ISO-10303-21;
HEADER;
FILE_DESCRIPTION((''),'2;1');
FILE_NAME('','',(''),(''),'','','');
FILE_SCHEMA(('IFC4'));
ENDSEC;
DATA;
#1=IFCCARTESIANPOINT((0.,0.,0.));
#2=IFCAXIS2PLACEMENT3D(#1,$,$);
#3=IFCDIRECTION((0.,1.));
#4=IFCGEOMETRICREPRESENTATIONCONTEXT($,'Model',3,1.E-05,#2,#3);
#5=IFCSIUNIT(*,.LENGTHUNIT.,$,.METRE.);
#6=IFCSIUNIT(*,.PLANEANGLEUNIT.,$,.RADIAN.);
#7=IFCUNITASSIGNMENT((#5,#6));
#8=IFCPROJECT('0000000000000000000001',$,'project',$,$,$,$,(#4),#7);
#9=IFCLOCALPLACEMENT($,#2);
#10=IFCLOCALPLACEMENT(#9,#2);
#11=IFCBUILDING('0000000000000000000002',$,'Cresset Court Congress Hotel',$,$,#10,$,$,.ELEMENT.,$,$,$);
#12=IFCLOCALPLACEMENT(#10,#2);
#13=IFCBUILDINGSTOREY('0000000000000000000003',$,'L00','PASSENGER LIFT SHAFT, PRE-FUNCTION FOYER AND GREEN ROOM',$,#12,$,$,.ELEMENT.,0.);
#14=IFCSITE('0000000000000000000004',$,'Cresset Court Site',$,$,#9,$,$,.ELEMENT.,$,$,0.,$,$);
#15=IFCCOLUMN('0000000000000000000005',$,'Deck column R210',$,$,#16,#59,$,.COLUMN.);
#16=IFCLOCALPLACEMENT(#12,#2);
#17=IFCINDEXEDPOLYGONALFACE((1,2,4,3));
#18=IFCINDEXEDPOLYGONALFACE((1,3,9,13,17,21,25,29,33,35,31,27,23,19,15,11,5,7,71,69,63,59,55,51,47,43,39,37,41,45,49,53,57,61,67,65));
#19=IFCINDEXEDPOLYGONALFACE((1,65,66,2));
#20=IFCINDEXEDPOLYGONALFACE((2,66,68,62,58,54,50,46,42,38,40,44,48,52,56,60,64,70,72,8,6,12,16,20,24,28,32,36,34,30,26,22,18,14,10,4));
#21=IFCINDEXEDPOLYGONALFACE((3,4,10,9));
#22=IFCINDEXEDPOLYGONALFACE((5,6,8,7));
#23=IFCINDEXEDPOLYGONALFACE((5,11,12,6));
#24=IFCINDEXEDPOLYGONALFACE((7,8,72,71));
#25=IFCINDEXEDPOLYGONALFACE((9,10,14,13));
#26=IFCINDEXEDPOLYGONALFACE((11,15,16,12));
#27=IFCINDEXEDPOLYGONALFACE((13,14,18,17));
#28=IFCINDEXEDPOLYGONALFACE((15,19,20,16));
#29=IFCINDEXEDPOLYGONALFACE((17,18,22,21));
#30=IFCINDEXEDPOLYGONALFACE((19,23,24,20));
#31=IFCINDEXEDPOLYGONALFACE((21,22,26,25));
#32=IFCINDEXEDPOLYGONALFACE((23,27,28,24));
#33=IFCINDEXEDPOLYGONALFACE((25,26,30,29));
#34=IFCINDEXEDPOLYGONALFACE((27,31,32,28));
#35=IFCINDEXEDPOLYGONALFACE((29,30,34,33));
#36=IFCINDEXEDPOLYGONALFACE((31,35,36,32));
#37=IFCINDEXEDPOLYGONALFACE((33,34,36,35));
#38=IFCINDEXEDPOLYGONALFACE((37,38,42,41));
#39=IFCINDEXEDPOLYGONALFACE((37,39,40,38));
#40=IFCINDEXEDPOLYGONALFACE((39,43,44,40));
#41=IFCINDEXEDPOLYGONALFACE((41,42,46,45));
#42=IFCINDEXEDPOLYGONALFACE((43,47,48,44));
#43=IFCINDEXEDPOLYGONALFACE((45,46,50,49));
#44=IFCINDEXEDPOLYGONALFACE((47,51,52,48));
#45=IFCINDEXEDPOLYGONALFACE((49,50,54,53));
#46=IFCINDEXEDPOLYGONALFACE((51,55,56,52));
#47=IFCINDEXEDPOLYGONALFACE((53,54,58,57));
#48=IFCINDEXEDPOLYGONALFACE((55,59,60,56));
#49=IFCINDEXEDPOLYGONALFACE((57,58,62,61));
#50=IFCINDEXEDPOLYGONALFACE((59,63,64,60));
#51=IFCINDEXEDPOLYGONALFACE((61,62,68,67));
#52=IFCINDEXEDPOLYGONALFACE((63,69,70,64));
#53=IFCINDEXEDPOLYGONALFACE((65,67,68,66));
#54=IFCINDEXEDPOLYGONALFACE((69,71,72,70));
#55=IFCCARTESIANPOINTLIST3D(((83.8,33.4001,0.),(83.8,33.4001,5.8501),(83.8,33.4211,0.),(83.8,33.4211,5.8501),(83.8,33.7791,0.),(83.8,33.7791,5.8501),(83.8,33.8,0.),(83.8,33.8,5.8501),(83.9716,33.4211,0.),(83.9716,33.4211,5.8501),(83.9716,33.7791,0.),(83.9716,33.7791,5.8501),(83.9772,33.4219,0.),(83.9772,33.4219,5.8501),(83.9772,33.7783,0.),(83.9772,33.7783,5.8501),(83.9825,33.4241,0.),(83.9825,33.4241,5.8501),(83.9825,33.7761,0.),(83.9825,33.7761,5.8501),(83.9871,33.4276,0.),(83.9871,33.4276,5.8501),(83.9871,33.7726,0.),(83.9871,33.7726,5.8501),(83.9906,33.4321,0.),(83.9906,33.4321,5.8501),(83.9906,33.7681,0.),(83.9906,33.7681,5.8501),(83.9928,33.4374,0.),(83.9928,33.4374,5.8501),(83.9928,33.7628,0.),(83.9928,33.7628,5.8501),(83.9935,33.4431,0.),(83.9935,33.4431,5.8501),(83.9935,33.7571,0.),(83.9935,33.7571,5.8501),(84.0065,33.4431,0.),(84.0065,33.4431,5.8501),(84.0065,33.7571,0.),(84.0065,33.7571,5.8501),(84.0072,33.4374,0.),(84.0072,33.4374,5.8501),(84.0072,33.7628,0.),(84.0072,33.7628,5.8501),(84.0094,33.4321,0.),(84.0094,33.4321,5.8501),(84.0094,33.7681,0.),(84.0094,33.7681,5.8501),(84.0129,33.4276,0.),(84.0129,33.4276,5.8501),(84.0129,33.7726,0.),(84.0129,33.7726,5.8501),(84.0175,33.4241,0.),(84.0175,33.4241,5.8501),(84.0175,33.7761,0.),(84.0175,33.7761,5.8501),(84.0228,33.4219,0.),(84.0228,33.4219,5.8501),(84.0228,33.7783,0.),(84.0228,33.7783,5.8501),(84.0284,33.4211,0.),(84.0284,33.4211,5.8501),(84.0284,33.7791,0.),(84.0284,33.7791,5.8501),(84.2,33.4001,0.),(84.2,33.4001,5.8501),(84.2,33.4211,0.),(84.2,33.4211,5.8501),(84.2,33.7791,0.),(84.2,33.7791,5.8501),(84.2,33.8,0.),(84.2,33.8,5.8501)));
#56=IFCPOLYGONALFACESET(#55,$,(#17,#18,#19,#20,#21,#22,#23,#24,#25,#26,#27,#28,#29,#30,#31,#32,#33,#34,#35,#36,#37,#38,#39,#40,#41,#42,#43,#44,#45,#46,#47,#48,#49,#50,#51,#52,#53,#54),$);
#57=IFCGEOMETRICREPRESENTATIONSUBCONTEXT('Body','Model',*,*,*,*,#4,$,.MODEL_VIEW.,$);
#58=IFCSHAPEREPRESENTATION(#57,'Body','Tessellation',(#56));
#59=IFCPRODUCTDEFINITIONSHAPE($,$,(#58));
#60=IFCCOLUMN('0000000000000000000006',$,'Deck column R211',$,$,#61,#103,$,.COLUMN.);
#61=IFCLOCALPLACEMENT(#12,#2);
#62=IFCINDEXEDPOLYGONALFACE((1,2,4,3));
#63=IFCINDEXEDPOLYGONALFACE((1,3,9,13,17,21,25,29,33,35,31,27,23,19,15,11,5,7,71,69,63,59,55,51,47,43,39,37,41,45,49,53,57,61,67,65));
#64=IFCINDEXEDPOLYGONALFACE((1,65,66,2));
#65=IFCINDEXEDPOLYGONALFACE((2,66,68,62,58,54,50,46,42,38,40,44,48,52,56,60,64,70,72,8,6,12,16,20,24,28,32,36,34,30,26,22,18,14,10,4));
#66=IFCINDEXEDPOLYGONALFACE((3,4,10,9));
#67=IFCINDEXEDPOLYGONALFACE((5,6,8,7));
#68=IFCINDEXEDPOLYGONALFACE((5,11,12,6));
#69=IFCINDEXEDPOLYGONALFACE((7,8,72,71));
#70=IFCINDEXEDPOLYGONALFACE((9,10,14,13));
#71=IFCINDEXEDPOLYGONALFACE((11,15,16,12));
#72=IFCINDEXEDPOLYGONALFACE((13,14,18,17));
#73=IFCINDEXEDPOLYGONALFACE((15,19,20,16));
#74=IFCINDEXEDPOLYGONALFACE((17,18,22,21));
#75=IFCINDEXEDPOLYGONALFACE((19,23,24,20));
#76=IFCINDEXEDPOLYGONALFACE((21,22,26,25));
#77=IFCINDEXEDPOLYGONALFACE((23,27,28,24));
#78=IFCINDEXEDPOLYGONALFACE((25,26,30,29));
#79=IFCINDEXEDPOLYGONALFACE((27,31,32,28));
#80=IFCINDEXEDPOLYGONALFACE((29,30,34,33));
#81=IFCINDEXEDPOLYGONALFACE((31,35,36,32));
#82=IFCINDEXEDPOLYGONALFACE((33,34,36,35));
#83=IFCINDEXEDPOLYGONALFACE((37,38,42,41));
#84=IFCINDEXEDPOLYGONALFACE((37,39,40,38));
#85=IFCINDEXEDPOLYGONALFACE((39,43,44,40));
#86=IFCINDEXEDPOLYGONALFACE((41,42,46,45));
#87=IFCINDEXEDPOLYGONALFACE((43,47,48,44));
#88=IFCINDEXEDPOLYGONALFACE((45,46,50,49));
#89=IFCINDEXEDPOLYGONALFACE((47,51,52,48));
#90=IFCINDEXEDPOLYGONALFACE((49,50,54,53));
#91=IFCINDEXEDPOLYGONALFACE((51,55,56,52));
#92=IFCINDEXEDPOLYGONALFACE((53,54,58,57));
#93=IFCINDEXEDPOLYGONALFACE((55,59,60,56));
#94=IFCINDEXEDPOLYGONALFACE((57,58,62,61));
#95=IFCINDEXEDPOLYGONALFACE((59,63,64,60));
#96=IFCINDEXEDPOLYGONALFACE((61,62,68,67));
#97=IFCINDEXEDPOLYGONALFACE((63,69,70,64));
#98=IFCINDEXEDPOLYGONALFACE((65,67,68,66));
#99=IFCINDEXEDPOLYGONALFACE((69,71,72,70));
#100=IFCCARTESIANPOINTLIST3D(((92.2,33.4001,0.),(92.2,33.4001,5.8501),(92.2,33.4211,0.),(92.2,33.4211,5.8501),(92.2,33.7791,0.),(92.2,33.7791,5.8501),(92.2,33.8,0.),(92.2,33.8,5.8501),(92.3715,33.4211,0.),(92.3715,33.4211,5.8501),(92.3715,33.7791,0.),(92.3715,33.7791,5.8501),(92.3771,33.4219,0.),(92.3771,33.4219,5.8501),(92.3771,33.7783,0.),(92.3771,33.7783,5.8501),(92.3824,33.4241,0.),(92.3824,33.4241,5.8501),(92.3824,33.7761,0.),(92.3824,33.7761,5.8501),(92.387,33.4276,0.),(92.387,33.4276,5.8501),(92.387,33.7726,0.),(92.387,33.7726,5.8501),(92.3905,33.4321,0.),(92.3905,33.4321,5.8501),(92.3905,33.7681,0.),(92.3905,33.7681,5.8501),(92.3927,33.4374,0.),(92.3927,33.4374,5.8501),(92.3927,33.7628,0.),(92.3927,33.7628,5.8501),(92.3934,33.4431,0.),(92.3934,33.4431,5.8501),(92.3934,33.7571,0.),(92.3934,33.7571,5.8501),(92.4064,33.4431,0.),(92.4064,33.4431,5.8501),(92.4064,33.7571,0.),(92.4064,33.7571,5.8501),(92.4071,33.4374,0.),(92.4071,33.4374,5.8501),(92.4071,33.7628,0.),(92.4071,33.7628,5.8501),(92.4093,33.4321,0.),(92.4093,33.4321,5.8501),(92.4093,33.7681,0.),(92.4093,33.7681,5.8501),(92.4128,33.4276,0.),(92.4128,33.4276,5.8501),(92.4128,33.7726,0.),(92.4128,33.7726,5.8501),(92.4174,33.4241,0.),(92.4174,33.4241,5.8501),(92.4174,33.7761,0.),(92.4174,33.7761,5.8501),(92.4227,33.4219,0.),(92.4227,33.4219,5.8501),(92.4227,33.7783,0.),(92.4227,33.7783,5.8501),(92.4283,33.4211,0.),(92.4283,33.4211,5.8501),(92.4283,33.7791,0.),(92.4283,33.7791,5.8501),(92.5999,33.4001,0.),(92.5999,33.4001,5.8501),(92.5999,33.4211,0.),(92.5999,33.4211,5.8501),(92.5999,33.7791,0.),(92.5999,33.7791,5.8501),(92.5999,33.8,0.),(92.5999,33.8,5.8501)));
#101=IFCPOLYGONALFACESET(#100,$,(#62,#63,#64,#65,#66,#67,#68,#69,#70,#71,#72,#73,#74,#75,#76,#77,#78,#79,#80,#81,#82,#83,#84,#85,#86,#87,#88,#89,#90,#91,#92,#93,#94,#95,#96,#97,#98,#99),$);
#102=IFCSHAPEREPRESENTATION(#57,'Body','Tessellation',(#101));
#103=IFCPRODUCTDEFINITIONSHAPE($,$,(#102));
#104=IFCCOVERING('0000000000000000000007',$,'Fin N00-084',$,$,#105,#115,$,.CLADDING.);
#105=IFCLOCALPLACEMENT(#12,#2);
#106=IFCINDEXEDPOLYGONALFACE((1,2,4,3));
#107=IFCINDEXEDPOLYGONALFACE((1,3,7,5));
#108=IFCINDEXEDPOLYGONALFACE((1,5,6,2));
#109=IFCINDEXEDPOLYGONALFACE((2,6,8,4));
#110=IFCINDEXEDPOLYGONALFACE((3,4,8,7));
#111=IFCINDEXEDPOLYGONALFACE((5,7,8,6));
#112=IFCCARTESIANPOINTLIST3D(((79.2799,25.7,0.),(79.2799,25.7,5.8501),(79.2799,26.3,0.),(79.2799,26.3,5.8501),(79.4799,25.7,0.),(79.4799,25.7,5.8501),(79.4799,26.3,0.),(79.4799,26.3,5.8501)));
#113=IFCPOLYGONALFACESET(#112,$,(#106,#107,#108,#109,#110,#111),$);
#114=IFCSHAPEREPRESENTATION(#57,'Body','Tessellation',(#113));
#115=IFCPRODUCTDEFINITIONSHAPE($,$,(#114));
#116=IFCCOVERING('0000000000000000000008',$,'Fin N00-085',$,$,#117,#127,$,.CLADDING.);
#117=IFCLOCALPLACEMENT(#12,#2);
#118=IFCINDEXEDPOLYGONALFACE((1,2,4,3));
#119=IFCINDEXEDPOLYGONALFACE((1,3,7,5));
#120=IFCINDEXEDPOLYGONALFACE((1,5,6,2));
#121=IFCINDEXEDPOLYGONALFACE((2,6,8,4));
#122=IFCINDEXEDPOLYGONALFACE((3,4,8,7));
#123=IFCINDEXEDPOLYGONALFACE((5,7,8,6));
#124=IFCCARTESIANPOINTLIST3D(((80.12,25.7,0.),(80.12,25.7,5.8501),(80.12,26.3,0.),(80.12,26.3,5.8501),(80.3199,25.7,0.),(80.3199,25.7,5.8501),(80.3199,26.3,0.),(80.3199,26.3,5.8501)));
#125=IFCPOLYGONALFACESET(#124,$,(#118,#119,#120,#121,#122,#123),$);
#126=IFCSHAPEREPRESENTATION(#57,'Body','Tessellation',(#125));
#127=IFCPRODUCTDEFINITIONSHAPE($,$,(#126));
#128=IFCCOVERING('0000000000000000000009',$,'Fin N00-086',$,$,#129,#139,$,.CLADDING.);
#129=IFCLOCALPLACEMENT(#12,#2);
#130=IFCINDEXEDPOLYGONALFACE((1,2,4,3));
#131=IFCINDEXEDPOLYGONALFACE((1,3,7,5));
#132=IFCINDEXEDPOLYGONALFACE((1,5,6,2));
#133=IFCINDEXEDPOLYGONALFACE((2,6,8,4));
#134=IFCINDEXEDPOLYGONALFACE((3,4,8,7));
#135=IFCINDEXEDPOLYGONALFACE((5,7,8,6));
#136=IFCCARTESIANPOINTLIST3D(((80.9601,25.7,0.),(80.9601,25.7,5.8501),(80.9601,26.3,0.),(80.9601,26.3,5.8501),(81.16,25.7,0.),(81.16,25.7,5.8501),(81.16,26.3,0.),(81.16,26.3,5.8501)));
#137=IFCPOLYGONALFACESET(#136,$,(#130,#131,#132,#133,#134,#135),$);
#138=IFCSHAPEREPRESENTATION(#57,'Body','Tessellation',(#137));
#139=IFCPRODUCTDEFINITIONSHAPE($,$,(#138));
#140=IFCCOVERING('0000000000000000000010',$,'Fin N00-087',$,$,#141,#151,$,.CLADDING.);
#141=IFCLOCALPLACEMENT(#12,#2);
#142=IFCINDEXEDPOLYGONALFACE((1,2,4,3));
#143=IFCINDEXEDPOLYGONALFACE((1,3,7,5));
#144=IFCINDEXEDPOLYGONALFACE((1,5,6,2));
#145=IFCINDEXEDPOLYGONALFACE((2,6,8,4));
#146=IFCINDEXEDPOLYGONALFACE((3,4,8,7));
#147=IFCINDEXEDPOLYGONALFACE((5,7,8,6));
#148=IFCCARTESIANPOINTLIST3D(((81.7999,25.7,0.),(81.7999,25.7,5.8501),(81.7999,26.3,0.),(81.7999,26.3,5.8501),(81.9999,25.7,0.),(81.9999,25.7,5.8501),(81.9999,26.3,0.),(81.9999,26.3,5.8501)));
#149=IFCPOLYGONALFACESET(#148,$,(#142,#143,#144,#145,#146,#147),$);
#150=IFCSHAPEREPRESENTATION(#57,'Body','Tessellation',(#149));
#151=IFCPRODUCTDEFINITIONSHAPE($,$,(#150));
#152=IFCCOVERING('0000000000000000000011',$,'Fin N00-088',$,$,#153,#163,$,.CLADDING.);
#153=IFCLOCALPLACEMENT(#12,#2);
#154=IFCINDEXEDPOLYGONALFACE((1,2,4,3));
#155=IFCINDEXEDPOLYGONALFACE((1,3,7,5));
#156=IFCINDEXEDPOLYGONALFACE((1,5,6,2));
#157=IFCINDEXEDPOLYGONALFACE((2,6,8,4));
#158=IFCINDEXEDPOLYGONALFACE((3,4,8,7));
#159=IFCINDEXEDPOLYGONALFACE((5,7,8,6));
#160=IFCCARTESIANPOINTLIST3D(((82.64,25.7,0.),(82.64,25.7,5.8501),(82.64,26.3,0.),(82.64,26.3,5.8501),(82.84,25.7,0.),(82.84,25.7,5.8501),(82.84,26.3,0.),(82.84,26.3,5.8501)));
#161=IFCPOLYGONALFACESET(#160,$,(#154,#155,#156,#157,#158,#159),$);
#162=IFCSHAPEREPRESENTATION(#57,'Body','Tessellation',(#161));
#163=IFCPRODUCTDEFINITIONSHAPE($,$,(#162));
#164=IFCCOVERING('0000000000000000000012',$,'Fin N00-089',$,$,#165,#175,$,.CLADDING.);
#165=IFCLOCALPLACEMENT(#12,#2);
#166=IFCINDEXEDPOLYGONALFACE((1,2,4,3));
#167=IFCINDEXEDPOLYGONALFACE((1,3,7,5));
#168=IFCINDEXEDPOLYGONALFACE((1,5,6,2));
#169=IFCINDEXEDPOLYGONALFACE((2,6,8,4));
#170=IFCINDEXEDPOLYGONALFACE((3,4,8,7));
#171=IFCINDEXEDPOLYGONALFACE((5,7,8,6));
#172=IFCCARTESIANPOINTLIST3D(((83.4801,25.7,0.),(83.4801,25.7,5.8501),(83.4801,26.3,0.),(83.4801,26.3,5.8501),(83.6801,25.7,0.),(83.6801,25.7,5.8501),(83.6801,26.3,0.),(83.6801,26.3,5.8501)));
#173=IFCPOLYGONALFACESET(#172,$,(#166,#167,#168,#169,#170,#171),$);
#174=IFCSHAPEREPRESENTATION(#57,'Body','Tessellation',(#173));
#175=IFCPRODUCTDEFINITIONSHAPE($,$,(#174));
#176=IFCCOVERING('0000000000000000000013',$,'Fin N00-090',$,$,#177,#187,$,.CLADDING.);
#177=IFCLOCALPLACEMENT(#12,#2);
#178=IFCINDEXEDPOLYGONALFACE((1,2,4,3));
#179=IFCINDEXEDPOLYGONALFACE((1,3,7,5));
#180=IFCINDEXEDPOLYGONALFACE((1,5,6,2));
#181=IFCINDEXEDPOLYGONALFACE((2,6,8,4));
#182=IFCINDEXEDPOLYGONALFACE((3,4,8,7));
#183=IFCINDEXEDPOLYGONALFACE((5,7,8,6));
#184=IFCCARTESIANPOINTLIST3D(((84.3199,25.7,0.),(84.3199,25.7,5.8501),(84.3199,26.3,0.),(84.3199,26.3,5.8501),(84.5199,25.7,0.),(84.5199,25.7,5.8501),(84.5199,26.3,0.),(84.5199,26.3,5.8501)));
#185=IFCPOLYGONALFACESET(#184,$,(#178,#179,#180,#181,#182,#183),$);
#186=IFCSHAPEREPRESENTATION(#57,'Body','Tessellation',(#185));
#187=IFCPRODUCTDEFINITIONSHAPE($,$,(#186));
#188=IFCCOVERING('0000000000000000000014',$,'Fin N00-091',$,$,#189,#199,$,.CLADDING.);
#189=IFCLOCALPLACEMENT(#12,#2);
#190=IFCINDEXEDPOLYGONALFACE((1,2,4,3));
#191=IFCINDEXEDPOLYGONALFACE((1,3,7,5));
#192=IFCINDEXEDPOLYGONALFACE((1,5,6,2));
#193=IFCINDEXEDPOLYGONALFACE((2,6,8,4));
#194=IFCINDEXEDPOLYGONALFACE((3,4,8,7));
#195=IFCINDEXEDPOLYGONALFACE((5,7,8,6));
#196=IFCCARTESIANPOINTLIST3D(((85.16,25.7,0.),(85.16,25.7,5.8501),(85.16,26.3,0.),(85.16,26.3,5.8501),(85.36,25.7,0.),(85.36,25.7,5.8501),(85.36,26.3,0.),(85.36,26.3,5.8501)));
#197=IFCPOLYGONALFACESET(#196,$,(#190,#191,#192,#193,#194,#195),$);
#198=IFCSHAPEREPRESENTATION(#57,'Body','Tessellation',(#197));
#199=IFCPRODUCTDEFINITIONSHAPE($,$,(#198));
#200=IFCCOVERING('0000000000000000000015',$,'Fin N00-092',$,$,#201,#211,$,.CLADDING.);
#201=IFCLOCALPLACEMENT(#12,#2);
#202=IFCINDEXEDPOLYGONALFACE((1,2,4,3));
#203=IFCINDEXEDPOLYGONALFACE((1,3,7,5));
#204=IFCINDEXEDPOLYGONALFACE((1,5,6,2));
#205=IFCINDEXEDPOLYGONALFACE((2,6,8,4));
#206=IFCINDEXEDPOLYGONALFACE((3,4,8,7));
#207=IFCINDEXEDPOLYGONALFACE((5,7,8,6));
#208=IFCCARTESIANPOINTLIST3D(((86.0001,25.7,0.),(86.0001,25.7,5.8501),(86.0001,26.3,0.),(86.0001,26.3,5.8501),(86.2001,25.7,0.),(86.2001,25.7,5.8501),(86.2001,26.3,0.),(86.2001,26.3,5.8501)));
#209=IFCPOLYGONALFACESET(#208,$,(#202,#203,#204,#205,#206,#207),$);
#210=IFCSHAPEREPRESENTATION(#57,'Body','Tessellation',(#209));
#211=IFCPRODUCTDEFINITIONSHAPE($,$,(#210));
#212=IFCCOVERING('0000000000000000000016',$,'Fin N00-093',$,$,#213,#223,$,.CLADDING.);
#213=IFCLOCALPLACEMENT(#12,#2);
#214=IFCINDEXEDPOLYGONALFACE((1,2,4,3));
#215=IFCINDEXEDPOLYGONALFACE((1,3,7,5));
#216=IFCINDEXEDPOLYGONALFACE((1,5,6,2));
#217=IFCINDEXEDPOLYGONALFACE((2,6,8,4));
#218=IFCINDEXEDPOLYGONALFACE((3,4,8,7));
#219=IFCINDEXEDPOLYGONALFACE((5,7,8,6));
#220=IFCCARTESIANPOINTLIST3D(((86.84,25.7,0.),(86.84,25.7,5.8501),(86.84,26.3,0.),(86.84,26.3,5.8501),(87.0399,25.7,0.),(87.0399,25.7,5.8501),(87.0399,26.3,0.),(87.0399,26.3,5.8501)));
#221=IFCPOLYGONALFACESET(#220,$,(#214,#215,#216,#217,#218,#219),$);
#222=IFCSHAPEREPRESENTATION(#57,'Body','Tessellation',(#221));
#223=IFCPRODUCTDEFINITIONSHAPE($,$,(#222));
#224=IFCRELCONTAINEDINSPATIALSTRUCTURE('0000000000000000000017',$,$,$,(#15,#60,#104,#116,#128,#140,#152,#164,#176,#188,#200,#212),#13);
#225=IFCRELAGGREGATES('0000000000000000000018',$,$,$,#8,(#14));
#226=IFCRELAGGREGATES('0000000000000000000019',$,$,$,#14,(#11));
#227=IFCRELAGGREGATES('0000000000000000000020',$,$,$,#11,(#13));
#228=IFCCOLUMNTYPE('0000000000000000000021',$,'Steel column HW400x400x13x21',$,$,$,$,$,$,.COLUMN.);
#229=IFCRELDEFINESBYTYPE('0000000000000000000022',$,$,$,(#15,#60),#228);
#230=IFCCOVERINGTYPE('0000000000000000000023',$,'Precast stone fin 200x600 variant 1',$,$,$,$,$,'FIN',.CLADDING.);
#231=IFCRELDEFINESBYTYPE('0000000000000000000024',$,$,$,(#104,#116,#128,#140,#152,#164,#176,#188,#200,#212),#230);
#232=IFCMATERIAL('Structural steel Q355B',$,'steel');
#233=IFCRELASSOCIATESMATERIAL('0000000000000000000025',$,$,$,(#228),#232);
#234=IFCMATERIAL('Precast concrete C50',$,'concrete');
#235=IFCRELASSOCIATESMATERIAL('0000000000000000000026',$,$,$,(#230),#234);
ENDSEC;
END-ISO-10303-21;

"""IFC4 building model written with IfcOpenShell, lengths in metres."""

from ifc_helpers import new_model, si_unit, direction, frame, origin, origin_2d, place, context, subcontext, project, spatial, rectangle, i_section, extrude, material, material_profile, profile_set, type_object, element, save


model = new_model("IFC4")

# Units and contexts
model_context = context("Model", 3, precision=1e-05, world=origin(), true_north=direction((0.0, 1.0)))
body_context = subcontext(model_context, "Body", "Model", "MODEL_VIEW")
ifc_project = project(units=[si_unit("LENGTHUNIT", "METRE"), si_unit("PLANEANGLEUNIT", "RADIAN")], contexts=[model_context])

# Site, building, storey
site_placement = place(None, origin())
site = spatial("IfcSite", under=ifc_project, at=site_placement, Name="Cresset Court Site", CompositionType="ELEMENT", RefElevation=0.0)
building_placement = place(site_placement, origin())
building = spatial("IfcBuilding", under=site, at=building_placement, Name="Cresset Court Congress Hotel", CompositionType="ELEMENT")
storey_placement = place(building_placement, origin())
storey = spatial("IfcBuildingStorey", under=building, at=storey_placement, Name="L00", Description="PASSENGER LIFT SHAFT, PRE-FUNCTION FOYER AND GREEN ROOM", CompositionType="ELEMENT", Elevation=0.0)

# Columns
ifc_material_1 = material(Name="Structural steel Q355B", Category="steel")
ifc_material_profile_1 = material_profile(ifc_material_1, i_section(OverallWidth=0.3999, OverallDepth=0.3999, WebThickness=0.0129, FlangeThickness=0.021, FilletRadius=0.022, at=origin_2d()), Name="HW400x400x13x21")
ifc_profile_set_1 = profile_set([ifc_material_profile_1], Name="Structural steel Q355B")
column_type_1 = type_object("IfcColumnType", Name="Steel column HW400x400x13x21", PredefinedType="COLUMN", material=ifc_profile_set_1)
for number, where, z_axis, x_axis, name in (
    (1, (84.0, 33.6001, 0.0), (0.0, 0.0, 1.0), (1.0, 0.0, 0.0), "Deck column R210"),
    (2, (92.3999, 33.6001, 0.0), (0.0, 0.0, 1.0), (1.0, 0.0, 0.0), "Deck column R211"),
):
    element("IfcColumn", number, at=place(storey_placement, frame(where, z_axis=z_axis, x_axis=x_axis)), inside=storey, type_object=column_type_1, Name=name, PredefinedType="COLUMN", context=body_context, shape_type="SweptSolid", body=[
        extrude(i_section(OverallWidth=0.3999, OverallDepth=0.3999, WebThickness=0.0129, FlangeThickness=0.021, FilletRadius=0.022, at=origin_2d()), origin(), (0.0, 0.0, 1.0), 5.8501),
    ])

# Coverings
ifc_material_2 = material(Name="Precast concrete C50", Category="concrete")
covering_type = type_object("IfcCoveringType", Name="Precast stone fin 200x600 variant 1", ElementType="FIN", PredefinedType="CLADDING", material=ifc_material_2)
for number, where, z_axis, x_axis, name in (
    (3, (79.3799, 26.0, 0.0), (0.0, 0.0, 1.0), (1.0, 0.0, 0.0), "Fin N00-084"),
    (4, (80.22, 26.0, 0.0), (0.0, 0.0, 1.0), (1.0, 0.0, 0.0), "Fin N00-085"),
    (5, (81.0601, 26.0, 0.0), (0.0, 0.0, 1.0), (1.0, 0.0, 0.0), "Fin N00-086"),
    (6, (81.8999, 26.0, 0.0), (0.0, 0.0, 1.0), (1.0, 0.0, 0.0), "Fin N00-087"),
    (7, (82.74, 26.0, 0.0), (0.0, 0.0, 1.0), (1.0, 0.0, 0.0), "Fin N00-088"),
    (8, (83.5801, 26.0, 0.0), (0.0, 0.0, 1.0), (1.0, 0.0, 0.0), "Fin N00-089"),
    (9, (84.4199, 26.0, 0.0), (0.0, 0.0, 1.0), (1.0, 0.0, 0.0), "Fin N00-090"),
    (10, (85.26, 26.0, 0.0), (0.0, 0.0, 1.0), (1.0, 0.0, 0.0), "Fin N00-091"),
    (11, (86.1001, 26.0, 0.0), (0.0, 0.0, 1.0), (1.0, 0.0, 0.0), "Fin N00-092"),
    (12, (86.9399, 26.0, 0.0), (0.0, 0.0, 1.0), (1.0, 0.0, 0.0), "Fin N00-093"),
):
    element("IfcCovering", number, at=place(storey_placement, frame(where, z_axis=z_axis, x_axis=x_axis)), inside=storey, type_object=covering_type, Name=name, PredefinedType="CLADDING", context=body_context, shape_type="SweptSolid", body=[
        extrude(rectangle(XDim=0.2, YDim=0.6001, at=origin_2d()), origin(), (0.0, 0.0, 1.0), 5.8501),
    ])

save(model, "model.ifc")
